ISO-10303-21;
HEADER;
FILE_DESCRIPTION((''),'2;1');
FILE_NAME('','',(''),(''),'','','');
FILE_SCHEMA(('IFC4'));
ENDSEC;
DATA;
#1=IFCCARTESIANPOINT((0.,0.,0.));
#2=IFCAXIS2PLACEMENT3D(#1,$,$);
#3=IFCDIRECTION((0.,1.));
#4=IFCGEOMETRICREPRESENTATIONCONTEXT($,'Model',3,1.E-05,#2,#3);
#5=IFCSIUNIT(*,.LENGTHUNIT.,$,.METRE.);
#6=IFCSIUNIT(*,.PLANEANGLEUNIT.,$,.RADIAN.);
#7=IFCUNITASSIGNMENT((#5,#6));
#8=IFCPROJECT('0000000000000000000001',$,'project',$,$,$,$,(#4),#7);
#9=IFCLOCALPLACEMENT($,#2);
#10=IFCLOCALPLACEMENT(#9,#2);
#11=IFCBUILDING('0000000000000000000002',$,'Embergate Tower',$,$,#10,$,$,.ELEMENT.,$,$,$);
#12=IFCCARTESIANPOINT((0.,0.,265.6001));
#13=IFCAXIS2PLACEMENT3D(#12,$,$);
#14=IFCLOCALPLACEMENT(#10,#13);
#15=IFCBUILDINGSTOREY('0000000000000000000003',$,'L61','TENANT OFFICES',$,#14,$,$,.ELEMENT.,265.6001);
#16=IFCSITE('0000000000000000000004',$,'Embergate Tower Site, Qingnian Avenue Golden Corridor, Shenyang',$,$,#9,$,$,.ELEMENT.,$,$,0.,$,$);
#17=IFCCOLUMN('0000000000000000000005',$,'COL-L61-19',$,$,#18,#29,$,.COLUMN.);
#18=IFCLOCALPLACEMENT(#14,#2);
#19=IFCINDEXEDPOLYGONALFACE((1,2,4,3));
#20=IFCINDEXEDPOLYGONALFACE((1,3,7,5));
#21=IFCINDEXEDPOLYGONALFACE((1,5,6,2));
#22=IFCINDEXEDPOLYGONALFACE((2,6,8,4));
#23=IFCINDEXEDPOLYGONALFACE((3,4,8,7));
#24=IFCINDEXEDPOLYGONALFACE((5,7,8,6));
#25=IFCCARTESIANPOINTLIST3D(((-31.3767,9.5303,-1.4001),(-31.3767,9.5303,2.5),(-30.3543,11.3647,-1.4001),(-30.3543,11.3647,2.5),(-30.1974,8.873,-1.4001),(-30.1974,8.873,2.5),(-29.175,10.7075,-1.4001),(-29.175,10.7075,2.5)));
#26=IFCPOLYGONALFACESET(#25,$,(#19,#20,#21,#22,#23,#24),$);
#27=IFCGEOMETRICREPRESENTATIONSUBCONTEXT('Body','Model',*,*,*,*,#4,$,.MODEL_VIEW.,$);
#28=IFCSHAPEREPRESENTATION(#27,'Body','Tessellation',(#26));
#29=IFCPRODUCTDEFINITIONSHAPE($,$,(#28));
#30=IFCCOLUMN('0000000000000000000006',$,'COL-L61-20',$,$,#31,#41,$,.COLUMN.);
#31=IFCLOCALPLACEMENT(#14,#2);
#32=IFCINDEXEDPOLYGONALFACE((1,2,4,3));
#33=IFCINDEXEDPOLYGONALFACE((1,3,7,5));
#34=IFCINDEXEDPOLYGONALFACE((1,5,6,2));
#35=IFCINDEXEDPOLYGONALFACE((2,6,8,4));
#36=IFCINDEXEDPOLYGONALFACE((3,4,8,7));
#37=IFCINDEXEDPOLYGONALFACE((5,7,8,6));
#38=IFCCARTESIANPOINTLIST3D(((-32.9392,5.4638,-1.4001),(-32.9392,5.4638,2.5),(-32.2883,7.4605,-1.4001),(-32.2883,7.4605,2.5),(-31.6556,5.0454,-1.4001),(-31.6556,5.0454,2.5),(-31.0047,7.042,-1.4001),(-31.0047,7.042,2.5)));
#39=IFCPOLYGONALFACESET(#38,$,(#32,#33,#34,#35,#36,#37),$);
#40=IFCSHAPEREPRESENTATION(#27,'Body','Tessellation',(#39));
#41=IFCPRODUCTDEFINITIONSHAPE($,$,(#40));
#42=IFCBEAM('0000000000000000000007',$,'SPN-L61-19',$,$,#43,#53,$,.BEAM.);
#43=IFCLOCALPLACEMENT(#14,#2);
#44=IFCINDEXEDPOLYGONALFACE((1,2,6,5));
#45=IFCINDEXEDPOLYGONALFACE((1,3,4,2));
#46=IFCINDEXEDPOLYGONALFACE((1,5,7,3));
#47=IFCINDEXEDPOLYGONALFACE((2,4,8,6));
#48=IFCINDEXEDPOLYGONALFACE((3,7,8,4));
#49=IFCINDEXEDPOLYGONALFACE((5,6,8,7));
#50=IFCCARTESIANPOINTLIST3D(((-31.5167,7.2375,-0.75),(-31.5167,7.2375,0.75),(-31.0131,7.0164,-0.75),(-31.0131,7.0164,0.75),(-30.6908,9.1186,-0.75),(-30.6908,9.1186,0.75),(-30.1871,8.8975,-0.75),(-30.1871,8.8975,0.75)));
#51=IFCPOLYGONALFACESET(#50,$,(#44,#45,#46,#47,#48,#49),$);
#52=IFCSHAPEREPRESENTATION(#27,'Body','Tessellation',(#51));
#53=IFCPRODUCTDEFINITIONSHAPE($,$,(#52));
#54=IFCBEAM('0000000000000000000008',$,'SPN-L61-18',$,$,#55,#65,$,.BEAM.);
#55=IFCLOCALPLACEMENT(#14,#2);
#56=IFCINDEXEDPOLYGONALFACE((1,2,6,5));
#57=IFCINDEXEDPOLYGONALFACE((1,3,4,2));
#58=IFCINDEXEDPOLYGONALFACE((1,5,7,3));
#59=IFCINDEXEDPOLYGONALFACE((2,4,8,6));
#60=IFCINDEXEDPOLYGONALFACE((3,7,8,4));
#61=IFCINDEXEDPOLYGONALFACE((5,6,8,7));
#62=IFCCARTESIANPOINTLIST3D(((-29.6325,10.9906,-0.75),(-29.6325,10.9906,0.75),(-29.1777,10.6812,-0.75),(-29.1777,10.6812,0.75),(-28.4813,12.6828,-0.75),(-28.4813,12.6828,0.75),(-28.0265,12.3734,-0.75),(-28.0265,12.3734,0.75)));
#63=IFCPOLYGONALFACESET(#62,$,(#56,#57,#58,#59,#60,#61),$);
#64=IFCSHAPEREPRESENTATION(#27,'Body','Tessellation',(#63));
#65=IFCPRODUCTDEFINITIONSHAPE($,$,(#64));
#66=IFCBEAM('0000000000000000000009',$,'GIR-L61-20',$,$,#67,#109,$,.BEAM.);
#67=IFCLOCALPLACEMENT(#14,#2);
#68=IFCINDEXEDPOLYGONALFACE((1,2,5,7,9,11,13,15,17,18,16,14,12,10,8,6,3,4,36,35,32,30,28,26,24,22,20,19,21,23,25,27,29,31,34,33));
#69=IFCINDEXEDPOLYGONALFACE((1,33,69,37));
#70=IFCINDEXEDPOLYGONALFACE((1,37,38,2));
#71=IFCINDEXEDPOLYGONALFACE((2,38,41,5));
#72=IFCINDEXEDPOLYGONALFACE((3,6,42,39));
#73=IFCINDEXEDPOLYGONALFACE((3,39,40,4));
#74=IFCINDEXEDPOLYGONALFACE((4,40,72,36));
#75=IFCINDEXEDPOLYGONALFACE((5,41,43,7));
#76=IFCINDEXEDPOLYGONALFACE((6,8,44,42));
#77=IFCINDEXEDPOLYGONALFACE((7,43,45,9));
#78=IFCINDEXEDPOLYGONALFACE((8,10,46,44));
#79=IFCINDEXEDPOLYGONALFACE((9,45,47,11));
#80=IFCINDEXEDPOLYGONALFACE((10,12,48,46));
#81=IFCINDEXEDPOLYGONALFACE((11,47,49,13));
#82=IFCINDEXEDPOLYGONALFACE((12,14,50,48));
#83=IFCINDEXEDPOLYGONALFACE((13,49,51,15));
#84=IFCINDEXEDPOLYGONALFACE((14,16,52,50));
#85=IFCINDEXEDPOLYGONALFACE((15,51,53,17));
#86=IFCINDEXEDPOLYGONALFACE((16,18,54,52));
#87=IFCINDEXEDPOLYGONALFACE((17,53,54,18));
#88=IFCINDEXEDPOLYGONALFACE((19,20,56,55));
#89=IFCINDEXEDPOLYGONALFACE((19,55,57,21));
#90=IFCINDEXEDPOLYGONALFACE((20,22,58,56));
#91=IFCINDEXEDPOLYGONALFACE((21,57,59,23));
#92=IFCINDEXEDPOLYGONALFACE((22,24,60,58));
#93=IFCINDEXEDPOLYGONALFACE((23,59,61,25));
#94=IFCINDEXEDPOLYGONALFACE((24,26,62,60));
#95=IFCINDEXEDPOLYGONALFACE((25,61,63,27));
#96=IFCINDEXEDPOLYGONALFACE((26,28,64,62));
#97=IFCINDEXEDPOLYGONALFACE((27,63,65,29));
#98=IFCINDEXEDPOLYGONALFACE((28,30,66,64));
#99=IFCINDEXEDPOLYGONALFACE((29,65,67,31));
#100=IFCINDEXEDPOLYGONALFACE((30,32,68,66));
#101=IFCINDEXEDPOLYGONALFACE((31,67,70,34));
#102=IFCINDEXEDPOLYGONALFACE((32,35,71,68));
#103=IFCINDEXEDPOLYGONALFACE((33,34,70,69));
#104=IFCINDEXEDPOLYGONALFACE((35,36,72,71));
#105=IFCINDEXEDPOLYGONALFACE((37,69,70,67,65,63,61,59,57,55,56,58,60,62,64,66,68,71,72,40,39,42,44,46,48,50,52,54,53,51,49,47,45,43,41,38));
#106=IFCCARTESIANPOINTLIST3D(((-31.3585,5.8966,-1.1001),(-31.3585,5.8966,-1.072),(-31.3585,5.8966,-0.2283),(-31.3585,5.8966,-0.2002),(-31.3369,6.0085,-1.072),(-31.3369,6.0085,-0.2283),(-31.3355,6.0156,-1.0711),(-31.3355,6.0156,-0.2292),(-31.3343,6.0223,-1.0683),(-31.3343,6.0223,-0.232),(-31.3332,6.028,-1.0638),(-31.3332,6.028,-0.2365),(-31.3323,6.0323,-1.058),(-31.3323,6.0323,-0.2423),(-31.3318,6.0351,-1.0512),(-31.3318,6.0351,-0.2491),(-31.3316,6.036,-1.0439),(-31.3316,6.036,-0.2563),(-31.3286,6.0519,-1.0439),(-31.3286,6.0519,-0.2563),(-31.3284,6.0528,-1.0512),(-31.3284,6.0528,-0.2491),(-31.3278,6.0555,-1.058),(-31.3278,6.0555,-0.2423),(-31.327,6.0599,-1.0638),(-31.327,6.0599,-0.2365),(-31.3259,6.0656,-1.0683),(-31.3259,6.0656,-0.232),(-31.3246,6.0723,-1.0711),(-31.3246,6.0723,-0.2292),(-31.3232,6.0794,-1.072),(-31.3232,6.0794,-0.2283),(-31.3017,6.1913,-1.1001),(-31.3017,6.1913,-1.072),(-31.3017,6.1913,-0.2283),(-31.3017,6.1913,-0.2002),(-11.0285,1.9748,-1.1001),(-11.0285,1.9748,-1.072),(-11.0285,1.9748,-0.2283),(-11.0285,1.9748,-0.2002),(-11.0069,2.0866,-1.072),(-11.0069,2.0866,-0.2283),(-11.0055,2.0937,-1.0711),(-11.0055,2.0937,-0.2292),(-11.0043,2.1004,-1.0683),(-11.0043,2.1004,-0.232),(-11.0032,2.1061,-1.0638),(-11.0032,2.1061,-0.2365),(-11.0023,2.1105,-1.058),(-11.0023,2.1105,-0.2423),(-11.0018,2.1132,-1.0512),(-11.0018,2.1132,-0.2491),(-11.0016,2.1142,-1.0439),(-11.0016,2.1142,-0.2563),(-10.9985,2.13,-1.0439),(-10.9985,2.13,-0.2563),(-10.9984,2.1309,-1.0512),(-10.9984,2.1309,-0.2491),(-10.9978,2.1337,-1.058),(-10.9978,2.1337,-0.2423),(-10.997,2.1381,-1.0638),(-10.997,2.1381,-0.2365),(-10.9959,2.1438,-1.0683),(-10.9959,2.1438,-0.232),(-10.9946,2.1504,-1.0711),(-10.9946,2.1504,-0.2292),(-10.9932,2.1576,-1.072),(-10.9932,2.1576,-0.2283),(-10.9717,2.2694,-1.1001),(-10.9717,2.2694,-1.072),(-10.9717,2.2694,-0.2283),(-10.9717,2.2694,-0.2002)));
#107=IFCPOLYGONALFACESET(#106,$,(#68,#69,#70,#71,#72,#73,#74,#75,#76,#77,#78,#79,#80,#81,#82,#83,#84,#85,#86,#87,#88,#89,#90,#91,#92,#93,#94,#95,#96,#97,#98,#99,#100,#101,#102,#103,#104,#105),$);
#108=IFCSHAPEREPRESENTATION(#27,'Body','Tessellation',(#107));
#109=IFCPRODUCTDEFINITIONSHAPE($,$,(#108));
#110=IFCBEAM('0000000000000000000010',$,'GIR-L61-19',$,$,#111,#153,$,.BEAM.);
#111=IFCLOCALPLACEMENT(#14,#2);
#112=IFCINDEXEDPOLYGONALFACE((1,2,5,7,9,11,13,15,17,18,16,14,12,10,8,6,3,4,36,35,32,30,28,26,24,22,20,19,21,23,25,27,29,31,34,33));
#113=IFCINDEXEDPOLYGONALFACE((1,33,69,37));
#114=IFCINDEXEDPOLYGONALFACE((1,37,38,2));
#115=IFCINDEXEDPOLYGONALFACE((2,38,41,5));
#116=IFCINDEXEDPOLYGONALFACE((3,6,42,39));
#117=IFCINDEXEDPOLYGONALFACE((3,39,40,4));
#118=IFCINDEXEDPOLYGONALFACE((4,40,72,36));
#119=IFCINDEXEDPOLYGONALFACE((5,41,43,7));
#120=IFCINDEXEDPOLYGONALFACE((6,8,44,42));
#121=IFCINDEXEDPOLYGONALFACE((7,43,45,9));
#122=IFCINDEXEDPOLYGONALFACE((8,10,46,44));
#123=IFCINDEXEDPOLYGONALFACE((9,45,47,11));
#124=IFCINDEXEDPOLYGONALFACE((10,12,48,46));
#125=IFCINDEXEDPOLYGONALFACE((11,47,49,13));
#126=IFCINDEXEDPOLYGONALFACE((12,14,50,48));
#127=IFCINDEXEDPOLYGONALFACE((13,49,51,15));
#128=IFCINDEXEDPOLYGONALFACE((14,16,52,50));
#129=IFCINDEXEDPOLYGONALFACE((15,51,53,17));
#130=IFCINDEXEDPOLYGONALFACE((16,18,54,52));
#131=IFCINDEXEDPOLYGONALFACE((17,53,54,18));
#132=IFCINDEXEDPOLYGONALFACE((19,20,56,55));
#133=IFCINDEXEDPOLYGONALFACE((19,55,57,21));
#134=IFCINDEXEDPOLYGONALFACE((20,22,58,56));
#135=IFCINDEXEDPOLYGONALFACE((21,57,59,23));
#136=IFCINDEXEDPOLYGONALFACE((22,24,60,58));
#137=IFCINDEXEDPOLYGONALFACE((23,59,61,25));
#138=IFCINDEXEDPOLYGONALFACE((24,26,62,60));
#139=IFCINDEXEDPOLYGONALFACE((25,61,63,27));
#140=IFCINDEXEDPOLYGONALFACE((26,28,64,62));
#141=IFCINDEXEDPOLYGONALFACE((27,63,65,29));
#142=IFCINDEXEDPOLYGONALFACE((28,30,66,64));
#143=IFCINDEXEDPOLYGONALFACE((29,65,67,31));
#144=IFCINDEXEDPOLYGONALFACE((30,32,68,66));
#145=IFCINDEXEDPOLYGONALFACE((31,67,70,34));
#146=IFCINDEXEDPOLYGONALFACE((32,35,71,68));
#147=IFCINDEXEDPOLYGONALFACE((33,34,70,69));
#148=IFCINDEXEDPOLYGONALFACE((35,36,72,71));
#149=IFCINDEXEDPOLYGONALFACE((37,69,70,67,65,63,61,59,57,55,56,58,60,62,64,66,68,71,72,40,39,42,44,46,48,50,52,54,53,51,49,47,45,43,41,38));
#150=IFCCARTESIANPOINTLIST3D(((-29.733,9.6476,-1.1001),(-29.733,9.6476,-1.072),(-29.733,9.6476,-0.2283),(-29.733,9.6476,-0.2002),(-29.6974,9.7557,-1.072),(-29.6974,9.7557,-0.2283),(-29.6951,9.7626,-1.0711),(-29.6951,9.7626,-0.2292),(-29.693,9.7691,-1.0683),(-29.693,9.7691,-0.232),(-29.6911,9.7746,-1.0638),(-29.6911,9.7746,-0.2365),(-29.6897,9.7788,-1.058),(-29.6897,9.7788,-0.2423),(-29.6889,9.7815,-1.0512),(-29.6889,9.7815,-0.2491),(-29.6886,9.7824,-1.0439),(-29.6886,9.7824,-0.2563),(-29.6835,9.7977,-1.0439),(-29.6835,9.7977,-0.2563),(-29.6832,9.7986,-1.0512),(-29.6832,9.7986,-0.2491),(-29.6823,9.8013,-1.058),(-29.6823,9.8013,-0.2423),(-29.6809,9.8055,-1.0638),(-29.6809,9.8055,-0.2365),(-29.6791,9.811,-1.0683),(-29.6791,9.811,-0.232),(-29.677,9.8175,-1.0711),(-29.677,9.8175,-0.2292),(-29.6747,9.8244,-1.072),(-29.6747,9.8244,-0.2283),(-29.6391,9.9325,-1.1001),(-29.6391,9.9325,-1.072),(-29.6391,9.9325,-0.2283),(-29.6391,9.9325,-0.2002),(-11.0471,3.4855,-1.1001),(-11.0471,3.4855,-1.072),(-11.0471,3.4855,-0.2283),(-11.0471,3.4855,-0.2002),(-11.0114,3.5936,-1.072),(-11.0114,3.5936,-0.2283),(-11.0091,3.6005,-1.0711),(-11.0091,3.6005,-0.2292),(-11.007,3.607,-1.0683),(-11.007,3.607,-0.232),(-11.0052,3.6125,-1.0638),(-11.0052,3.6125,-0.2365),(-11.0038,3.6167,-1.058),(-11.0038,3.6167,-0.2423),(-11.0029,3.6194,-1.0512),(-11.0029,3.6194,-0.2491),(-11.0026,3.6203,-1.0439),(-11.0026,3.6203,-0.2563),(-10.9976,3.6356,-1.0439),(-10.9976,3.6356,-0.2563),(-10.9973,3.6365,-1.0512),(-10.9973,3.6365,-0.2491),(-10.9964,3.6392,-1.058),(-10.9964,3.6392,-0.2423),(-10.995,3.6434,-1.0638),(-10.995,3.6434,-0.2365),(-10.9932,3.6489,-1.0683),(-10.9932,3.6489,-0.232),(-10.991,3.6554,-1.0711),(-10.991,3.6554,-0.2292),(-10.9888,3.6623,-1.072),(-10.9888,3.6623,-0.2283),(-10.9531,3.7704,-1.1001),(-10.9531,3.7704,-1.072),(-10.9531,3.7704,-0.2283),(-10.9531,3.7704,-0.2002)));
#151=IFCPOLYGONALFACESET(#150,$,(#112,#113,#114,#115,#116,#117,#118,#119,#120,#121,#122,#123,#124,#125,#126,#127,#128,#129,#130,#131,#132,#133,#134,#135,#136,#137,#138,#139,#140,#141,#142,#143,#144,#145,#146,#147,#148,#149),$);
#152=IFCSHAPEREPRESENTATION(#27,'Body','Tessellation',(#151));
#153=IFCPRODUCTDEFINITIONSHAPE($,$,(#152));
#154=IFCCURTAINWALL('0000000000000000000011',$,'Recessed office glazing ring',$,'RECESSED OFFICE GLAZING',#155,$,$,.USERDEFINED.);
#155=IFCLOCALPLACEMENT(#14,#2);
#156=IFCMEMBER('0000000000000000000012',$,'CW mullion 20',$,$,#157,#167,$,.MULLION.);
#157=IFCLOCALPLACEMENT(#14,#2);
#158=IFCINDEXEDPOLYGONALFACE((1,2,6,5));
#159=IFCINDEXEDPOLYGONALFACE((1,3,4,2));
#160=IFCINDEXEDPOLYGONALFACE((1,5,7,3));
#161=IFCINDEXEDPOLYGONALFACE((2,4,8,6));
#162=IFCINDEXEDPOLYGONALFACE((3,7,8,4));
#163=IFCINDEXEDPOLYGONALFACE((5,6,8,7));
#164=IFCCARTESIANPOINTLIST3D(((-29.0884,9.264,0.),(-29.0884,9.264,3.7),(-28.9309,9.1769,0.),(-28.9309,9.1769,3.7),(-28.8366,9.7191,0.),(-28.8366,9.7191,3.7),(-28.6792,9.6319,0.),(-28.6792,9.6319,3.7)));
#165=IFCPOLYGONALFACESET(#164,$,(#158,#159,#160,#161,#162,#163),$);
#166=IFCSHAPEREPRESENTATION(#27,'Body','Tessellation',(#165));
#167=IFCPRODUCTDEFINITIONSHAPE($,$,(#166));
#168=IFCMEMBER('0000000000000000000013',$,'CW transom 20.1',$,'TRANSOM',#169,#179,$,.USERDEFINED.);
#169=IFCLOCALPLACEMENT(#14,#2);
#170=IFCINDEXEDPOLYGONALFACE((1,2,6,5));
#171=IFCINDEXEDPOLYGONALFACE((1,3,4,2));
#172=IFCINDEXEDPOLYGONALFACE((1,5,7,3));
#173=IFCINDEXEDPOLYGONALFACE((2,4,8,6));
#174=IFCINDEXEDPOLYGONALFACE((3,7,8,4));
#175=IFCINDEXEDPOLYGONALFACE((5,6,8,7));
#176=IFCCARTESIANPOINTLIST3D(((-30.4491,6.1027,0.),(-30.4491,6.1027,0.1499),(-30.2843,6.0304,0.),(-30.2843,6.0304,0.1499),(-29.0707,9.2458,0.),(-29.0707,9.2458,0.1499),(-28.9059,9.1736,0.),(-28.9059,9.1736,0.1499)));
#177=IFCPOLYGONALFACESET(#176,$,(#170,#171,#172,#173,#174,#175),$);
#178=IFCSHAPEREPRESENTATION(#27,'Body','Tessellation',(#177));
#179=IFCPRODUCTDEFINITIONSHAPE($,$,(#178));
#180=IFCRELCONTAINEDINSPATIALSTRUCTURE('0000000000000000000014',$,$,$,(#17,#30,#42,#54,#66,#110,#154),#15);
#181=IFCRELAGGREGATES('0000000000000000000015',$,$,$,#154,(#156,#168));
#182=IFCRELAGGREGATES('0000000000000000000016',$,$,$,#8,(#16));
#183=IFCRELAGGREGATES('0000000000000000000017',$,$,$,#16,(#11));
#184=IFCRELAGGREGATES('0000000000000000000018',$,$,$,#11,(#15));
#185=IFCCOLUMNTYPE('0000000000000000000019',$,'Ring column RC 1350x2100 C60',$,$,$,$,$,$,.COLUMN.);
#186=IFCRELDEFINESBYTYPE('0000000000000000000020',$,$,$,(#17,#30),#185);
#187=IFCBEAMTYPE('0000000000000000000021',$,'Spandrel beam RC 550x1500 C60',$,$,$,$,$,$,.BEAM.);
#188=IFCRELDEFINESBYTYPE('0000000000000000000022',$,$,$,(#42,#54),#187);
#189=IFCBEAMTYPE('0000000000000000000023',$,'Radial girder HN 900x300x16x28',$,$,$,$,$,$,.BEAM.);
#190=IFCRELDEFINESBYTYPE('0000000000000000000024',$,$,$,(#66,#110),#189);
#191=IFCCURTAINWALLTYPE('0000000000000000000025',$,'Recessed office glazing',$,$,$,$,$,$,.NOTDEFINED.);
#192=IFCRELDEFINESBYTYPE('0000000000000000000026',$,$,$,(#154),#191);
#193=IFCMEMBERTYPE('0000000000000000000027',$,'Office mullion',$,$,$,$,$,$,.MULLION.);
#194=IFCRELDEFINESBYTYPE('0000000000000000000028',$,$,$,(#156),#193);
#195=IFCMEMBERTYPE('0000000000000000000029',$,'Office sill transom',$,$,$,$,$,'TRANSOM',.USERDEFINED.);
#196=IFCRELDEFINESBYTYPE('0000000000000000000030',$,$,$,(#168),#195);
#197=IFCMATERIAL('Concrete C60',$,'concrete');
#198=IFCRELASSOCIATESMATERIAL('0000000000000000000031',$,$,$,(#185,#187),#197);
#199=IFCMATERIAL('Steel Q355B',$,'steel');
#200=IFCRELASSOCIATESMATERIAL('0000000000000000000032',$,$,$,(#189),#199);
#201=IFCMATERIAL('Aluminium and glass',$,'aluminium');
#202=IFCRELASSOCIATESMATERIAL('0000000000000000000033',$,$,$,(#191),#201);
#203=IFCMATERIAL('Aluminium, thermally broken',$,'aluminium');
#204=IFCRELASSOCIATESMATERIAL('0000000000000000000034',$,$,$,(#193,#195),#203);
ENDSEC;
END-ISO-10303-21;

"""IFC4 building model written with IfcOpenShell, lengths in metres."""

from ifc_helpers import new_model, si_unit, direction, frame, origin, origin_2d, place, context, subcontext, project, spatial, rectangle, i_section, extrude, source, transform, mapped, material, material_profile, profile_set, type_object, element, aggregate, save


model = new_model("IFC4")

# Units and contexts
model_context = context("Model", 3, precision=1e-05, world=origin(), true_north=direction((0.0, 1.0)))
body_context = subcontext(model_context, "Body", "Model", "MODEL_VIEW")
ifc_project = project(units=[si_unit("LENGTHUNIT", "METRE"), si_unit("PLANEANGLEUNIT", "RADIAN")], contexts=[model_context])

# Site, building, storey
site_placement = place(None, origin())
site = spatial("IfcSite", under=ifc_project, at=site_placement, Name="Embergate Tower Site, Qingnian Avenue Golden Corridor, Shenyang", CompositionType="ELEMENT", RefElevation=0.0)
building_placement = place(site_placement, origin())
building = spatial("IfcBuilding", under=site, at=building_placement, Name="Embergate Tower", CompositionType="ELEMENT")
storey_placement = place(building_placement, frame((0.0, 0.0, 265.6001)))
storey = spatial("IfcBuildingStorey", under=building, at=storey_placement, Name="L61", Description="TENANT OFFICES", CompositionType="ELEMENT", Elevation=265.6001)

# Columns
ifc_material_1 = material(Name="Concrete C60", Category="concrete")
ifc_material_profile_1 = material_profile(ifc_material_1, rectangle(XDim=1.3501, YDim=2.1001, at=origin_2d()), Name="RC 1350x2100")
ifc_profile_set_1 = profile_set([ifc_material_profile_1], Name="Concrete C60")
column_type = type_object("IfcColumnType", Name="Ring column RC 1350x2100 C60", PredefinedType="COLUMN", material=ifc_profile_set_1)
shared_shape_1 = source(origin(), body_context, "Body", "SweptSolid", [
    extrude(rectangle(XDim=1.3501, YDim=2.1001, at=origin_2d()), origin(), (0.0, 0.0, 1.0), 3.9001),
])
for number, where, z_axis, x_axis, name in (
    (1, (-30.2759, 10.1189, -1.4001), (0.0, 0.0, 1.0), (-0.873492, 0.486839, 0.0), "COL-L61-19"),
    (2, (-31.9719, 6.2529, -1.4001), (0.0, 0.0, 1.0), (-0.950754, 0.309946, 0.0), "COL-L61-20"),
):
    element("IfcColumn", number, at=place(storey_placement, frame(where, z_axis=z_axis, x_axis=x_axis)), inside=storey, type_object=column_type, Name=name, PredefinedType="COLUMN", context=body_context, shape_type="MappedRepresentation", body=[
        mapped(shared_shape_1, transform((0.0, 0.0, 0.0))),
    ])

# Beams
ifc_material_profile_2 = material_profile(ifc_material_1, rectangle(XDim=0.55, YDim=1.5, at=origin_2d()), Name="RC 550x1500")
ifc_profile_set_2 = profile_set([ifc_material_profile_2], Name="Concrete C60")
beam_type_1 = type_object("IfcBeamType", Name="Spandrel beam RC 550x1500 C60", PredefinedType="BEAM", material=ifc_profile_set_2)
shared_shape_2 = source(origin(), body_context, "Body", "SweptSolid", [
    extrude(rectangle(XDim=0.55, YDim=1.5, at=origin_2d()), origin(), (0.0, 0.0, 1.0), 2.0544),
])
beam_1_placement = place(storey_placement, frame((-30.439, 9.0081, 0.0), z_axis=(-0.402022, -0.91563, 0.0), x_axis=(0.91563, -0.402022, 0.0)))
element("IfcBeam", 3, at=beam_1_placement, inside=storey, type_object=beam_type_1, Name="SPN-L61-19", PredefinedType="BEAM", context=body_context, shape_type="MappedRepresentation", body=[
    mapped(shared_shape_2, transform((0.0, 0.0, 0.0))),
])
shared_shape_3 = source(origin(), body_context, "Body", "SweptSolid", [
    extrude(rectangle(XDim=0.55, YDim=1.5, at=origin_2d()), origin(), (0.0, 0.0, 1.0), 2.0466),
])
beam_2_placement = place(storey_placement, frame((-28.2539, 12.5281, 0.0), z_axis=(-0.562467, -0.82682, 0.0), x_axis=(0.82682, -0.562467, 0.0)))
element("IfcBeam", 4, at=beam_2_placement, inside=storey, type_object=beam_type_1, Name="SPN-L61-18", PredefinedType="BEAM", context=body_context, shape_type="MappedRepresentation", body=[
    mapped(shared_shape_3, transform((0.0, 0.0, 0.0))),
])
ifc_material_2 = material(Name="Steel Q355B", Category="steel")
ifc_material_profile_3 = material_profile(ifc_material_2, i_section(OverallWidth=0.3, OverallDepth=0.8999, WebThickness=0.0161, FlangeThickness=0.0281, FilletRadius=0.0281, at=origin_2d()), Name="HN 900x300x16x28")
ifc_profile_set_3 = profile_set([ifc_material_profile_3], Name="Steel Q355 grade B")
beam_type_2 = type_object("IfcBeamType", Name="Radial girder HN 900x300x16x28", PredefinedType="BEAM", material=ifc_profile_set_3)
shared_shape_4 = source(origin(), body_context, "Body", "SweptSolid", [
    extrude(i_section(OverallWidth=0.3, OverallDepth=0.8999, WebThickness=0.0161, FlangeThickness=0.0281, FilletRadius=0.0281, at=origin_2d()), origin(), (0.0, 0.0, 1.0), 20.7048),
])
beam_3_placement = place(storey_placement, frame((-31.3301, 6.0439, -0.6501), z_axis=(0.981897, -0.189418, 0.0), x_axis=(0.189418, 0.981897, 0.0)))
element("IfcBeam", 5, at=beam_3_placement, inside=storey, type_object=beam_type_2, Name="GIR-L61-20", PredefinedType="BEAM", context=body_context, shape_type="MappedRepresentation", body=[
    mapped(shared_shape_4, transform((0.0, 0.0, 0.0))),
])
shared_shape_5 = source(origin(), body_context, "Body", "SweptSolid", [
    extrude(i_section(OverallWidth=0.3, OverallDepth=0.8999, WebThickness=0.0161, FlangeThickness=0.0281, FilletRadius=0.0281, at=origin_2d()), origin(), (0.0, 0.0, 1.0), 19.6758),
])
beam_4_placement = place(storey_placement, frame((-29.686, 9.79, -0.6501), z_axis=(0.949693, -0.313181, 0.0), x_axis=(0.313181, 0.949693, 0.0)))
element("IfcBeam", 6, at=beam_4_placement, inside=storey, type_object=beam_type_2, Name="GIR-L61-19", PredefinedType="BEAM", context=body_context, shape_type="MappedRepresentation", body=[
    mapped(shared_shape_5, transform((0.0, 0.0, 0.0))),
])

# Curtain wall, members
ifc_material_3 = material(Name="Aluminium and glass", Category="aluminium")
curtain_wall_type = type_object("IfcCurtainWallType", Name="Recessed office glazing", PredefinedType="NOTDEFINED", material=ifc_material_3)
curtain_wall_placement = place(storey_placement, origin())
curtain_wall = element("IfcCurtainWall", 7, at=curtain_wall_placement, inside=storey, type_object=curtain_wall_type, Name="Recessed office glazing ring", ObjectType="RECESSED OFFICE GLAZING", PredefinedType="USERDEFINED")
ifc_material_4 = material(Name="Aluminium, thermally broken", Category="aluminium")
ifc_material_profile_4 = material_profile(ifc_material_4, rectangle(XDim=0.1799, YDim=0.52, at=origin_2d()), Name="AL 520x180")
ifc_profile_set_4 = profile_set([ifc_material_profile_4], Name="Aluminium, thermally broken")
member_type_1 = type_object("IfcMemberType", Name="Office mullion", PredefinedType="MULLION", material=ifc_profile_set_4)
shared_shape_6 = source(origin(), body_context, "Body", "SweptSolid", [
    extrude(rectangle(XDim=0.1799, YDim=0.52, at=origin_2d()), origin(), (0.0, 0.0, 1.0), 3.7),
])
member_1_placement = place(storey_placement, frame((-28.8838, 9.448, 0.0), z_axis=(0.0, 0.0, 1.0), x_axis=(0.874993, -0.484136, 0.0)))
member_1 = element("IfcMember", 8, at=member_1_placement, type_object=member_type_1, Name="CW mullion 20", PredefinedType="MULLION", context=body_context, shape_type="MappedRepresentation", body=[
    mapped(shared_shape_6, transform((0.0, 0.0, 0.0))),
])
ifc_material_profile_5 = material_profile(ifc_material_4, rectangle(XDim=0.1799, YDim=0.1499, at=origin_2d()), Name="AL 150x180")
ifc_profile_set_5 = profile_set([ifc_material_profile_5], Name="Aluminium, thermally broken")
member_type_2 = type_object("IfcMemberType", Name="Office sill transom", ElementType="TRANSOM", PredefinedType="USERDEFINED", material=ifc_profile_set_5)
shared_shape_7 = source(origin(), body_context, "Body", "SweptSolid", [
    extrude(rectangle(XDim=0.1799, YDim=0.1499, at=origin_2d()), origin(), (0.0, 0.0, 1.0), 3.4321),
])
member_2_placement = place(storey_placement, frame((-28.9883, 9.2097, 0.075), z_axis=(-0.401632, -0.915801, 0.0), x_axis=(0.915801, -0.401632, 0.0)))
member_2 = element("IfcMember", 9, at=member_2_placement, type_object=member_type_2, Name="CW transom 20.1", ObjectType="TRANSOM", PredefinedType="USERDEFINED", context=body_context, shape_type="MappedRepresentation", body=[
    mapped(shared_shape_7, transform((0.0, 0.0, 0.0))),
])
aggregate(curtain_wall, [member_1, member_2])

save(model, "model.ifc")
